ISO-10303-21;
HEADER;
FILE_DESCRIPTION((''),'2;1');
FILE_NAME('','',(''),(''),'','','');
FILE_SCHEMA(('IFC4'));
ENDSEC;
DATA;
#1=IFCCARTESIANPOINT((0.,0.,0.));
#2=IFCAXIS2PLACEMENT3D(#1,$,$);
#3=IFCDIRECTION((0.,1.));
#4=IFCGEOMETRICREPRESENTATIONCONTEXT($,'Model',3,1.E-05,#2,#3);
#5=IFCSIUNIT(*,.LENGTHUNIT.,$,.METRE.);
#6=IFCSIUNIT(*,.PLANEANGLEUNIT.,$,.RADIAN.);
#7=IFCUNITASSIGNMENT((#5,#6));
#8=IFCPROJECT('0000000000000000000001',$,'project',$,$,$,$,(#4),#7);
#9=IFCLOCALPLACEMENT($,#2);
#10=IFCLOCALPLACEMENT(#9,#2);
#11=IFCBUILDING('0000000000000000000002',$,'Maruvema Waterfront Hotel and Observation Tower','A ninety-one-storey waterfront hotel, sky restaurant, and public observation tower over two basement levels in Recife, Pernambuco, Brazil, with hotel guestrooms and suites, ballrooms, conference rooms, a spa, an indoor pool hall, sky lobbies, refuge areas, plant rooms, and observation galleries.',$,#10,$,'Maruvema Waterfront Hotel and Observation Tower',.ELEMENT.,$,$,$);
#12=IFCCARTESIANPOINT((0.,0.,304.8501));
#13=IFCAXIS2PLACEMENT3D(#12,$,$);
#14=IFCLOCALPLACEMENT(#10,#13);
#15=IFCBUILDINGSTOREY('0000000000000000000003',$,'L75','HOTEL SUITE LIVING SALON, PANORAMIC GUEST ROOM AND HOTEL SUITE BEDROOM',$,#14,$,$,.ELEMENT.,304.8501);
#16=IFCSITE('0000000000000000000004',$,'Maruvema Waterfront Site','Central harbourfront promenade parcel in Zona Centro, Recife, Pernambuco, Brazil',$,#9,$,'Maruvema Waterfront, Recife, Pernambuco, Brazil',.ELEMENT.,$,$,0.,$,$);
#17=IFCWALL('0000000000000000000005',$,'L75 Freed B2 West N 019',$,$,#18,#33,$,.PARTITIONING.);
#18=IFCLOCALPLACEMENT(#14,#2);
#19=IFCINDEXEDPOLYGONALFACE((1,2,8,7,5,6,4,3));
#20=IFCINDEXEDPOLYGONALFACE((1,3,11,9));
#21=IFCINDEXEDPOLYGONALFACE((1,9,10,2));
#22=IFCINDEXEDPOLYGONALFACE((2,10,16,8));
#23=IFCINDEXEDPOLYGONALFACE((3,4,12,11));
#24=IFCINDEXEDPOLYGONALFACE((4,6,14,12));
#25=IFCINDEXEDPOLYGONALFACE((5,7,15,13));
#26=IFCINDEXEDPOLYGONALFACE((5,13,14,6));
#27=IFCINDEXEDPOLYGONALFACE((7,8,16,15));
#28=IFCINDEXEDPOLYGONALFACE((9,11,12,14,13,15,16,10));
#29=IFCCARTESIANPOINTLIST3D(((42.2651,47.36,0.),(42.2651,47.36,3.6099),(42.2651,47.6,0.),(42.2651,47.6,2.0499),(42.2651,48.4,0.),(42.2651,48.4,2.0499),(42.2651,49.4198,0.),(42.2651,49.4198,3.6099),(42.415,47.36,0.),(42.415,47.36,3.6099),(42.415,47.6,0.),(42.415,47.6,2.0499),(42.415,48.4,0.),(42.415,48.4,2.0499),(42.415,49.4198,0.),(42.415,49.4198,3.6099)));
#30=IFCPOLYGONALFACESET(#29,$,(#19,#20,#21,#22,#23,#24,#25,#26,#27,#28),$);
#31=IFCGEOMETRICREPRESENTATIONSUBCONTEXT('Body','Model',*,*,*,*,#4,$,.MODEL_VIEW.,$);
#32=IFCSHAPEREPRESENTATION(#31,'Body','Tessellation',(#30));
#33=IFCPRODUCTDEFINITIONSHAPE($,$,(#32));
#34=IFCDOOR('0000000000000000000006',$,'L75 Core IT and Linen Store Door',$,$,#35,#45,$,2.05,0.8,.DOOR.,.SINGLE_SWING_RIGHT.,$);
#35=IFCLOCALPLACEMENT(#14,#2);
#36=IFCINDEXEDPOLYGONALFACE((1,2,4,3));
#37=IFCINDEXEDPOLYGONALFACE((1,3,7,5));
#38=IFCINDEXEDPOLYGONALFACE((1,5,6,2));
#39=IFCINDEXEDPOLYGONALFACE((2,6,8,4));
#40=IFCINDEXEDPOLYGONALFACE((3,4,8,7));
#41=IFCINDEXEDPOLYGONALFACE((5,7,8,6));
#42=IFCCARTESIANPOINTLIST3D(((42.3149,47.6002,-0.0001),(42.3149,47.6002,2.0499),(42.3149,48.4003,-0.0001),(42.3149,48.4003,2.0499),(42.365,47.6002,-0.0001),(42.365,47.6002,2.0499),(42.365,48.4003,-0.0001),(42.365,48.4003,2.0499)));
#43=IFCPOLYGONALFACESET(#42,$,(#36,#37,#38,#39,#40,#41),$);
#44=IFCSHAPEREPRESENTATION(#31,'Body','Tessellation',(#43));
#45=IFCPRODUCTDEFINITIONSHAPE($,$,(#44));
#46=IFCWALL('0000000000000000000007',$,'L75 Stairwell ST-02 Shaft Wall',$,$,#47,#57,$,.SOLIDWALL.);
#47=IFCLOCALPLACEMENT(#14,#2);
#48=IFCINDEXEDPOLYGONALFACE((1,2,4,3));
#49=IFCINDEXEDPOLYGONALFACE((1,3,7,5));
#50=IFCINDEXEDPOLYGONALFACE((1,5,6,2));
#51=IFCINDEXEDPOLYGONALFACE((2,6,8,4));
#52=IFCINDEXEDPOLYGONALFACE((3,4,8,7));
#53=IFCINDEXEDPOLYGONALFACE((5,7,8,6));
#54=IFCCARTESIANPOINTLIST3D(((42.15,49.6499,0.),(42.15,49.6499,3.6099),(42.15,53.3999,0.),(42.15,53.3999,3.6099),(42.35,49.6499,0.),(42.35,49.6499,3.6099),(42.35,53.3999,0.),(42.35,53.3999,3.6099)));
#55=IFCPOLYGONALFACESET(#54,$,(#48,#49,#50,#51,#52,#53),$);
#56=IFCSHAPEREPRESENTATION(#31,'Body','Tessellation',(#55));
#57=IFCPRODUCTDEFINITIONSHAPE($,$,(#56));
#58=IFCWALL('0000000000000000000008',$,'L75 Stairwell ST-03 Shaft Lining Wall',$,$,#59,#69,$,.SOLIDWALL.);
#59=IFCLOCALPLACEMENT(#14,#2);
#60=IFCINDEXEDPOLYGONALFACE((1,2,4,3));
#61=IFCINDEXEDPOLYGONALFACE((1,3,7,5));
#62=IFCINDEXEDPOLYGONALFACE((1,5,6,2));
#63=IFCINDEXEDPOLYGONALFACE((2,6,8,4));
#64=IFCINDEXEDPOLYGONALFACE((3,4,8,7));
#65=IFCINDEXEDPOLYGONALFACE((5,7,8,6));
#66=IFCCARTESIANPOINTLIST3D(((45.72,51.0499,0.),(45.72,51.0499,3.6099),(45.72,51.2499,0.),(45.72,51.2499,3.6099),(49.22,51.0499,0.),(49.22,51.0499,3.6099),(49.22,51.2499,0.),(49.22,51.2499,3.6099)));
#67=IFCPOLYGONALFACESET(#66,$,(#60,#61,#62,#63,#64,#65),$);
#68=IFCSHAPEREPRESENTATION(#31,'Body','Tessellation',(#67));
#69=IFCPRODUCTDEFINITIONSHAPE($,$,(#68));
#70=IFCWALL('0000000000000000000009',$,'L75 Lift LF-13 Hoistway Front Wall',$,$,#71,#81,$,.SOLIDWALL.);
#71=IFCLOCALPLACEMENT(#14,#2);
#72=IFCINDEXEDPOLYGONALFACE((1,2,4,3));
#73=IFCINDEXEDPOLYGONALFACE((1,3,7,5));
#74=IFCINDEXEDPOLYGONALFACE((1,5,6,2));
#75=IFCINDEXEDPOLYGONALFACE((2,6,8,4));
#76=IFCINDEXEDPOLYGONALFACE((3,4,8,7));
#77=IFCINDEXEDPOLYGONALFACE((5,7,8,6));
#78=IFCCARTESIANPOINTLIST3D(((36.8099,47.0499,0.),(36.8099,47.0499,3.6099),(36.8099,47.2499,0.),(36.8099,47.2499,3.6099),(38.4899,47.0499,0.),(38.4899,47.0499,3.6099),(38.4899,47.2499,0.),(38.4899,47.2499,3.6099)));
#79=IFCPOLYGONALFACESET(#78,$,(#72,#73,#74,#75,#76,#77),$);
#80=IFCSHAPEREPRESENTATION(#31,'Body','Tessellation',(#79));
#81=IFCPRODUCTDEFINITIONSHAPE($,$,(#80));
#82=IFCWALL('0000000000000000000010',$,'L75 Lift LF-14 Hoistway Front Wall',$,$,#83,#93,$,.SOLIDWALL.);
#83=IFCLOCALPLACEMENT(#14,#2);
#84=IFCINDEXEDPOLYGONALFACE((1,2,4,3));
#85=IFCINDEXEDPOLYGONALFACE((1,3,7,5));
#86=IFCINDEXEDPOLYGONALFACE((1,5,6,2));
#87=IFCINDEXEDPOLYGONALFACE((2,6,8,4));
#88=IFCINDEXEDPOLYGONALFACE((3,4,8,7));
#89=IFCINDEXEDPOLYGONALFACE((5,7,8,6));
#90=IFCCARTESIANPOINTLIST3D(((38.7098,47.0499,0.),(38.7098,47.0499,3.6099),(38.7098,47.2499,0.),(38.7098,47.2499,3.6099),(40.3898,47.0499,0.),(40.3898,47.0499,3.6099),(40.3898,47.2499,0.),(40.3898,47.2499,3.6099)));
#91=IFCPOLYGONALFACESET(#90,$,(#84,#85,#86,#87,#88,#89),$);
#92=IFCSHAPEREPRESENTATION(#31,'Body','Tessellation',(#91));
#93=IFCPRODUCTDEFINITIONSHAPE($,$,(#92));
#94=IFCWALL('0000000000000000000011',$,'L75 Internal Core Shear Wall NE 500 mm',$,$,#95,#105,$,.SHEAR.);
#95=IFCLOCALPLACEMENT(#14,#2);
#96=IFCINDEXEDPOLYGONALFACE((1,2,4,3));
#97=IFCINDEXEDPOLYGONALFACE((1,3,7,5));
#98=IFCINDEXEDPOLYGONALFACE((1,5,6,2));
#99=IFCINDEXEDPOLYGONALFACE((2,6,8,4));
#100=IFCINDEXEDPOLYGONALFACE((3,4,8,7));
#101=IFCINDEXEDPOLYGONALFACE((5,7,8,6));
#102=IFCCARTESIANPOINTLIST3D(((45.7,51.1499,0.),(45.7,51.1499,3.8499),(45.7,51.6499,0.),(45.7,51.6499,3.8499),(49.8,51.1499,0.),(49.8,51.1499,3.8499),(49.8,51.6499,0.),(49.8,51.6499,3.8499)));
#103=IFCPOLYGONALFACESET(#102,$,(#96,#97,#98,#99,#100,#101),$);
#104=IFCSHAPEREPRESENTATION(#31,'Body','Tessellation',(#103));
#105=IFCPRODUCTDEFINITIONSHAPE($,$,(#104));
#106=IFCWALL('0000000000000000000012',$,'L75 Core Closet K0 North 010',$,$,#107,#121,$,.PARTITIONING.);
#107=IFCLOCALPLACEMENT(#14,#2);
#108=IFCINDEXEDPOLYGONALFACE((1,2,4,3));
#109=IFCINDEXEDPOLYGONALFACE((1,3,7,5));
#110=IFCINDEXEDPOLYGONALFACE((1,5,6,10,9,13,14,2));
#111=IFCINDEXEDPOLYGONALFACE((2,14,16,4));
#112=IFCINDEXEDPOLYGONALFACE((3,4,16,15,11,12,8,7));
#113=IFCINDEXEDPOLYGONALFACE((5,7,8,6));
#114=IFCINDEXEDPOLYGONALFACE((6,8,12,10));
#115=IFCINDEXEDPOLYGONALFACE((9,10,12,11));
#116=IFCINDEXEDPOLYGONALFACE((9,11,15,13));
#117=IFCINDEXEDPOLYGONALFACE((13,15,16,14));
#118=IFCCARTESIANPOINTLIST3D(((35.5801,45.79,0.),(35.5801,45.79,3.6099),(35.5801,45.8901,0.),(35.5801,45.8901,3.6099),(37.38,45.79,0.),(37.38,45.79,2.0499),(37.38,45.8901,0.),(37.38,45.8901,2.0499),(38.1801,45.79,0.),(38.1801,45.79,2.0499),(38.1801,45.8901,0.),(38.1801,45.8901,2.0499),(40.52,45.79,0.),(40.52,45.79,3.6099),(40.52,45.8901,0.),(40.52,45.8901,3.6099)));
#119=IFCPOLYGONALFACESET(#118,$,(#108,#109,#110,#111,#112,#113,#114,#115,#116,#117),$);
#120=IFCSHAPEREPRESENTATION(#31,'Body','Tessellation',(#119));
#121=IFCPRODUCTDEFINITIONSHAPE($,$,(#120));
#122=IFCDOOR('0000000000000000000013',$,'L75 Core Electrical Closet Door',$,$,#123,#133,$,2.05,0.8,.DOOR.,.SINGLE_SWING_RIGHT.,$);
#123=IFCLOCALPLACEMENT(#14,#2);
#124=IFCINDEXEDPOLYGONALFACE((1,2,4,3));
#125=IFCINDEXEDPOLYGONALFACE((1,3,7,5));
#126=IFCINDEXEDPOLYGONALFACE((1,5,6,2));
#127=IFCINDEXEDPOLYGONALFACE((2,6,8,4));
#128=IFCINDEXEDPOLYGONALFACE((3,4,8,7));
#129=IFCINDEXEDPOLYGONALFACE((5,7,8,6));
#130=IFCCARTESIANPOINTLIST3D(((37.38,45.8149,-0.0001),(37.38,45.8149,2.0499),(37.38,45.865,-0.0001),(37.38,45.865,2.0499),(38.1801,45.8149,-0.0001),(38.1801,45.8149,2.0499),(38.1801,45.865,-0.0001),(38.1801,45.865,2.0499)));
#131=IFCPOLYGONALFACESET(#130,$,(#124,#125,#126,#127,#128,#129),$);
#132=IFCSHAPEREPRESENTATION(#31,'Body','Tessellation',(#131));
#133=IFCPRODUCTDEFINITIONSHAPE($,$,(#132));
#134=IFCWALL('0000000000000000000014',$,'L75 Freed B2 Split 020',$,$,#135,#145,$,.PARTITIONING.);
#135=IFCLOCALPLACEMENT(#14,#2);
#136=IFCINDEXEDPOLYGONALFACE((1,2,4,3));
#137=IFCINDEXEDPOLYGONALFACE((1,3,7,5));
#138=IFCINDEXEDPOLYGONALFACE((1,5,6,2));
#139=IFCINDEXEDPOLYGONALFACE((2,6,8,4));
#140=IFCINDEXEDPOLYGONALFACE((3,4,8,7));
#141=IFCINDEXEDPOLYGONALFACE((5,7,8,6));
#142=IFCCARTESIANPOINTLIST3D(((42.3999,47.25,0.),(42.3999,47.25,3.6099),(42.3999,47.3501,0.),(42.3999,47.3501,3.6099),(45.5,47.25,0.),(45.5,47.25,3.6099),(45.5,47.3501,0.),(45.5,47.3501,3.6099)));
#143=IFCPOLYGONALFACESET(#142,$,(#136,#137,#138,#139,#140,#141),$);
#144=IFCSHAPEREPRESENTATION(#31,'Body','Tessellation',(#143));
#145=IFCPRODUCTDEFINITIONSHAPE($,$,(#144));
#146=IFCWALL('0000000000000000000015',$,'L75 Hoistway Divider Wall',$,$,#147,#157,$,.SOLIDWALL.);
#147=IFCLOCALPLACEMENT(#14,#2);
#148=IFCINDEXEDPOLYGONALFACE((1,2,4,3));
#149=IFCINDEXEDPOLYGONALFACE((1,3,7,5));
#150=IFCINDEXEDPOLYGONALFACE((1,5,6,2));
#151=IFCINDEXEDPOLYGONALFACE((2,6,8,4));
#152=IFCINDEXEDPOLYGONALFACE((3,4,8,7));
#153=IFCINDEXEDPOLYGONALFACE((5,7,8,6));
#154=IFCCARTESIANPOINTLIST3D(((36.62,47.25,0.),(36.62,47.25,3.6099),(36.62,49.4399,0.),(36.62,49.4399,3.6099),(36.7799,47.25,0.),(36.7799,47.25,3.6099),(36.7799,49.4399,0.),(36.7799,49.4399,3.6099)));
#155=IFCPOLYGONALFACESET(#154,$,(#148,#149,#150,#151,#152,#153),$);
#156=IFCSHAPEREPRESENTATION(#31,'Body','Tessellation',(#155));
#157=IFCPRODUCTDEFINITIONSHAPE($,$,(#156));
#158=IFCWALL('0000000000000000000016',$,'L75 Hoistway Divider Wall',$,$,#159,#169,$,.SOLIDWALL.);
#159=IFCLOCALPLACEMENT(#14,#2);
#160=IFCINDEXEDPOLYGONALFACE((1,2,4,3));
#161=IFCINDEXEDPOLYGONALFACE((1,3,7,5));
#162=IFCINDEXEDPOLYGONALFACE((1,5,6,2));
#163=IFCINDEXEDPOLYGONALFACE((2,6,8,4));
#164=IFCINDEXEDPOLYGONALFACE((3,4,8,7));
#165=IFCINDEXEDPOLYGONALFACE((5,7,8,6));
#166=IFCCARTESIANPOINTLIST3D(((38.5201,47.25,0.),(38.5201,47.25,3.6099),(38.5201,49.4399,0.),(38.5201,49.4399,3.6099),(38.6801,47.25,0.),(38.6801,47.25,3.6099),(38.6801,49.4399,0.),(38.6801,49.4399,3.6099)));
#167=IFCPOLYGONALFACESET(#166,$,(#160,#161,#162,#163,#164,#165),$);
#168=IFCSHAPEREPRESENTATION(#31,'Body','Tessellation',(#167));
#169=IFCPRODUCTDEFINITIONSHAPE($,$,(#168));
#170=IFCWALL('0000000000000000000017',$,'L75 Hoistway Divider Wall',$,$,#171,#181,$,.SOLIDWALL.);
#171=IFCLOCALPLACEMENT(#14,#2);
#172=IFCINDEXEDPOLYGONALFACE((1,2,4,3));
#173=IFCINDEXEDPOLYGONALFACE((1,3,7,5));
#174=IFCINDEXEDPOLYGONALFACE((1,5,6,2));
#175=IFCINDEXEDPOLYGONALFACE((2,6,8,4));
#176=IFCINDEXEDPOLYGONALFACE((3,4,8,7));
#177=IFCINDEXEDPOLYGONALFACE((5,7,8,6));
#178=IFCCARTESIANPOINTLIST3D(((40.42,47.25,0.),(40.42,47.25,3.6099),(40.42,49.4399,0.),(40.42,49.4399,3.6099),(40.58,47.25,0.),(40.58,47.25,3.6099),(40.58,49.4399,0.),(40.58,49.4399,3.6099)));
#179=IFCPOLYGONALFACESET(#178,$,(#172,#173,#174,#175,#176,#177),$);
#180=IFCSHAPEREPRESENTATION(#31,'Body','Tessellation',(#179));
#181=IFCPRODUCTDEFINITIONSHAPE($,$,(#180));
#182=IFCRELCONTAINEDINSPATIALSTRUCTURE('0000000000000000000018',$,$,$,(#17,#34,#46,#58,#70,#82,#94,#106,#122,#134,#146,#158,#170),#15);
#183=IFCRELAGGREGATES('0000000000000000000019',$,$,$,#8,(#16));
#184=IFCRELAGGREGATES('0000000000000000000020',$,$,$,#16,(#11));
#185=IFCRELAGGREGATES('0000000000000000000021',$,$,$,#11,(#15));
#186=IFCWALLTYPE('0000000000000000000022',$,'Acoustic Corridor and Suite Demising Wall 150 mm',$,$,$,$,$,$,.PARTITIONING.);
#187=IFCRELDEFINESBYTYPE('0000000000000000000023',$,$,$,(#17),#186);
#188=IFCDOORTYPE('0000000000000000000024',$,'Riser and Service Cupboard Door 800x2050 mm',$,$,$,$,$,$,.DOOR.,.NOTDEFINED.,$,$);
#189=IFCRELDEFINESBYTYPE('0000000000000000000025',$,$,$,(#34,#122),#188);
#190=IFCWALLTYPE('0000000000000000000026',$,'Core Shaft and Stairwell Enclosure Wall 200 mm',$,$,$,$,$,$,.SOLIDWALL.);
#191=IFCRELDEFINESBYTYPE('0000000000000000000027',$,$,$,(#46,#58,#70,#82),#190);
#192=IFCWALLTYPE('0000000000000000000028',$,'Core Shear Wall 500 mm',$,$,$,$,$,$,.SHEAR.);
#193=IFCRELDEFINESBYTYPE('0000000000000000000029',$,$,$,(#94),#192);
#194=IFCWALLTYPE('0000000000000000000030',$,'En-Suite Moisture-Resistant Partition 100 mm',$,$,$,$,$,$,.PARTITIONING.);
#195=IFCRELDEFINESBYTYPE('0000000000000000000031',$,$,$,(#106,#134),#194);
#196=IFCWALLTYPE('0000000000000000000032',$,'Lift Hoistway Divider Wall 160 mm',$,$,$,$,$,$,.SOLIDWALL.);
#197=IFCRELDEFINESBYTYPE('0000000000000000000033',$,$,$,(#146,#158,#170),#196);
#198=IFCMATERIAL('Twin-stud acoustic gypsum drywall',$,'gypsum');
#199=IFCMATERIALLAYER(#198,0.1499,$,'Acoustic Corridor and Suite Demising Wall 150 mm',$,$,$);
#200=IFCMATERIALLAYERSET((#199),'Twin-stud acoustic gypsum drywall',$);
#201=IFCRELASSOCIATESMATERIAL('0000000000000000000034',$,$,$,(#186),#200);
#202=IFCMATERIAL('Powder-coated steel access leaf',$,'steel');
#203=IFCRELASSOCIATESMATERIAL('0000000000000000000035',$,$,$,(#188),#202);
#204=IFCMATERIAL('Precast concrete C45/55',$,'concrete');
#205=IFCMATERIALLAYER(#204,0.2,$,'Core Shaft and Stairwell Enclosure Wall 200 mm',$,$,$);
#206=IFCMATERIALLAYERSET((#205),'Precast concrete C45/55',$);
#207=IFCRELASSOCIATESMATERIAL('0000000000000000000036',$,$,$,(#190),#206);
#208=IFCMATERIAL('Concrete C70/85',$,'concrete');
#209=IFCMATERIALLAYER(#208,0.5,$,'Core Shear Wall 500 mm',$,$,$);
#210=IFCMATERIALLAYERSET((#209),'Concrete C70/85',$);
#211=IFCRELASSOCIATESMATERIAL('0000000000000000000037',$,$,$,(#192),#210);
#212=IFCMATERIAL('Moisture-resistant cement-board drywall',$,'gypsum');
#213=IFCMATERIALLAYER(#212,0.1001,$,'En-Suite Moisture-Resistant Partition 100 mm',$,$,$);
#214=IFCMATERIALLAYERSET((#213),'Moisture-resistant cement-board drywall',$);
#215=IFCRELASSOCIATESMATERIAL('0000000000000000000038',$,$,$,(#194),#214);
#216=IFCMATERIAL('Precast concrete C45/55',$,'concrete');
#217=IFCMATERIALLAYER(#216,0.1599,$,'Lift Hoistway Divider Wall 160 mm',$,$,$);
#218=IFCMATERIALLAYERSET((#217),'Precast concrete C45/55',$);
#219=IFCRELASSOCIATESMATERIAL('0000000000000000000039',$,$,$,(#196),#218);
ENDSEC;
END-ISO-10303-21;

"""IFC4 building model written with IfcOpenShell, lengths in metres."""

from ifc_helpers import new_model, si_unit, direction, frame, frame_2d, origin, place, context, subcontext, project, spatial, rectangle, extrude, material, layer, layer_set, type_object, element, fill, save


model = new_model("IFC4")

# Units and contexts
model_context = context("Model", 3, precision=1e-05, world=origin(), true_north=direction((0.0, 1.0)))
body_context = subcontext(model_context, "Body", "Model", "MODEL_VIEW")
ifc_project = project(units=[si_unit("LENGTHUNIT", "METRE"), si_unit("PLANEANGLEUNIT", "RADIAN")], contexts=[model_context])

# Site, building, storey
site_placement = place(None, origin())
site = spatial("IfcSite", under=ifc_project, at=site_placement, Name="Maruvema Waterfront Site", Description="Central harbourfront promenade parcel in Zona Centro, Recife, Pernambuco, Brazil", LongName="Maruvema Waterfront, Recife, Pernambuco, Brazil", CompositionType="ELEMENT", RefElevation=0.0)
building_placement = place(site_placement, origin())
building = spatial("IfcBuilding", under=site, at=building_placement, Name="Maruvema Waterfront Hotel and Observation Tower", Description="A ninety-one-storey waterfront hotel, sky restaurant, and public observation tower over two basement levels in Recife, Pernambuco, Brazil, with hotel guestrooms and suites, ballrooms, conference rooms, a spa, an indoor pool hall, sky lobbies, refuge areas, plant rooms, and observation galleries.", LongName="Maruvema Waterfront Hotel and Observation Tower", CompositionType="ELEMENT")
storey_placement = place(building_placement, frame((0.0, 0.0, 304.8501)))
storey = spatial("IfcBuildingStorey", under=building, at=storey_placement, Name="L75", Description="HOTEL SUITE LIVING SALON, PANORAMIC GUEST ROOM AND HOTEL SUITE BEDROOM", CompositionType="ELEMENT", Elevation=304.8501)

# Wall, opening, door
ifc_material_1 = material(Name="Twin-stud acoustic gypsum drywall", Category="gypsum")
ifc_layer_1 = layer(ifc_material_1, 0.1499, Name="Acoustic Corridor and Suite Demising Wall 150 mm")
ifc_layer_set_1 = layer_set([ifc_layer_1], Name="Twin-stud acoustic gypsum drywall")
wall_type_1 = type_object("IfcWallType", Name="Acoustic Corridor and Suite Demising Wall 150 mm", PredefinedType="PARTITIONING", material=ifc_layer_set_1)
wall_1_placement = place(storey_placement, frame((42.3401, 47.3601, 0.0), z_axis=(0.0, 0.0, 1.0), x_axis=(0.0, 1.0, 0.0)))
wall_1 = element("IfcWall", 1, at=wall_1_placement, inside=storey, type_object=wall_type_1, Name="L75 Freed B2 West N 019", PredefinedType="PARTITIONING", context=body_context, shape_type="SweptSolid", body=[
    extrude(rectangle(XDim=2.0598, YDim=0.1499, at=frame_2d((1.0298, 0.0))), origin(), (0.0, 0.0, 1.0), 3.6099),
])
opening_1_placement = place(wall_1_placement, frame((0.24, 0.0, 0.0)))
opening_1 = element("IfcOpeningElement", 2, at=opening_1_placement, cuts=wall_1, PredefinedType="OPENING", context=body_context, shape_type="SweptSolid", body=[
    extrude(rectangle(XDim=0.8, YDim=2.05, at=frame_2d((0.3999, 1.0249))), frame((0.0, 0.085, 0.0), z_axis=(0.0, -1.0, 0.0), x_axis=(1.0, 0.0, 0.0)), (0.0, 0.0, 1.0), 0.1699),
])
ifc_material_2 = material(Name="Powder-coated steel access leaf", Category="steel")
door_type = type_object("IfcDoorType", Name="Riser and Service Cupboard Door 800x2050 mm", OperationType="NOTDEFINED", PredefinedType="DOOR", material=ifc_material_2)
door_1_placement = place(opening_1_placement, frame((0.8, 0.0, 0.0), z_axis=(0.0, 0.0, 1.0), x_axis=(-1.0, 0.0, 0.0)))
door_1 = element("IfcDoor", 3, at=door_1_placement, inside=storey, type_object=door_type, Name="L75 Core IT and Linen Store Door", OperationType="SINGLE_SWING_RIGHT", OverallHeight=2.05, OverallWidth=0.8, PredefinedType="DOOR", context=body_context, shape_type="SweptSolid", body=[
    extrude(rectangle(XDim=0.8, YDim=2.05, at=frame_2d((0.3999, 1.0249))), frame((0.0, 0.0249, 0.0), z_axis=(0.0, -1.0, 0.0), x_axis=(1.0, 0.0, 0.0)), (0.0, 0.0, 1.0), 0.05),
])
fill(opening_1, door_1)

# Walls
ifc_material_3 = material(Name="Precast concrete C45/55", Category="concrete")
ifc_layer_2 = layer(ifc_material_3, 0.2, Name="Core Shaft and Stairwell Enclosure Wall 200 mm")
ifc_layer_set_2 = layer_set([ifc_layer_2], Name="Precast concrete C45/55")
wall_type_2 = type_object("IfcWallType", Name="Core Shaft and Stairwell Enclosure Wall 200 mm", PredefinedType="SOLIDWALL", material=ifc_layer_set_2)
wall_2_placement = place(storey_placement, frame((42.25, 49.6499, 0.0), z_axis=(0.0, 0.0, 1.0), x_axis=(0.0, 1.0, 0.0)))
element("IfcWall", 4, at=wall_2_placement, inside=storey, type_object=wall_type_2, Name="L75 Stairwell ST-02 Shaft Wall", PredefinedType="SOLIDWALL", context=body_context, shape_type="SweptSolid", body=[
    extrude(rectangle(XDim=3.75, YDim=0.2, at=frame_2d((1.875, 0.0))), origin(), (0.0, 0.0, 1.0), 3.6099),
])
wall_3_placement = place(storey_placement, frame((45.72, 51.1499, 0.0), z_axis=(0.0, 0.0, 1.0), x_axis=(1.0, 0.0, 0.0)))
element("IfcWall", 5, at=wall_3_placement, inside=storey, type_object=wall_type_2, Name="L75 Stairwell ST-03 Shaft Lining Wall", PredefinedType="SOLIDWALL", context=body_context, shape_type="SweptSolid", body=[
    extrude(rectangle(XDim=3.5, YDim=0.2, at=frame_2d((1.75, 0.0))), origin(), (0.0, 0.0, 1.0), 3.6099),
])
for number, where, z_axis, x_axis, name in (
    (6, (36.8101, 47.1499, 0.0), (0.0, 0.0, 1.0), (1.0, 0.0, 0.0), "L75 Lift LF-13 Hoistway Front Wall"),
    (7, (38.71, 47.1499, 0.0), (0.0, 0.0, 1.0), (1.0, 0.0, 0.0), "L75 Lift LF-14 Hoistway Front Wall"),
):
    element("IfcWall", number, at=place(storey_placement, frame(where, z_axis=z_axis, x_axis=x_axis)), inside=storey, type_object=wall_type_2, Name=name, PredefinedType="SOLIDWALL", context=body_context, shape_type="SweptSolid", body=[
        extrude(rectangle(XDim=1.6799, YDim=0.2, at=frame_2d((0.8398, 0.0))), origin(), (0.0, 0.0, 1.0), 3.6099),
    ])
ifc_material_4 = material(Name="Concrete C70/85", Category="concrete")
ifc_layer_3 = layer(ifc_material_4, 0.5, Name="Core Shear Wall 500 mm")
ifc_layer_set_3 = layer_set([ifc_layer_3], Name="Concrete C70/85")
wall_type_3 = type_object("IfcWallType", Name="Core Shear Wall 500 mm", PredefinedType="SHEAR", material=ifc_layer_set_3)
wall_4_placement = place(storey_placement, frame((45.7, 51.3999, 0.0), z_axis=(0.0, 0.0, 1.0), x_axis=(1.0, 0.0, 0.0)))
element("IfcWall", 8, at=wall_4_placement, inside=storey, type_object=wall_type_3, Name="L75 Internal Core Shear Wall NE 500 mm", PredefinedType="SHEAR", context=body_context, shape_type="SweptSolid", body=[
    extrude(rectangle(XDim=4.1001, YDim=0.5, at=frame_2d((2.05, 0.0))), origin(), (0.0, 0.0, 1.0), 3.8499),
])

# Wall, opening, door
ifc_material_5 = material(Name="Moisture-resistant cement-board drywall", Category="gypsum")
ifc_layer_4 = layer(ifc_material_5, 0.1001, Name="En-Suite Moisture-Resistant Partition 100 mm")
ifc_layer_set_4 = layer_set([ifc_layer_4], Name="Moisture-resistant cement-board drywall")
wall_type_4 = type_object("IfcWallType", Name="En-Suite Moisture-Resistant Partition 100 mm", PredefinedType="PARTITIONING", material=ifc_layer_set_4)
wall_5_placement = place(storey_placement, frame((35.5801, 45.8401, 0.0), z_axis=(0.0, 0.0, 1.0), x_axis=(1.0, 0.0, 0.0)))
wall_5 = element("IfcWall", 9, at=wall_5_placement, inside=storey, type_object=wall_type_4, Name="L75 Core Closet K0 North 010", PredefinedType="PARTITIONING", context=body_context, shape_type="SweptSolid", body=[
    extrude(rectangle(XDim=4.9399, YDim=0.1001, at=frame_2d((2.47, 0.0))), origin(), (0.0, 0.0, 1.0), 3.6099),
])
opening_2_placement = place(wall_5_placement, frame((1.8, 0.0, 0.0)))
opening_2 = element("IfcOpeningElement", 10, at=opening_2_placement, cuts=wall_5, PredefinedType="OPENING", context=body_context, shape_type="SweptSolid", body=[
    extrude(rectangle(XDim=0.8, YDim=2.05, at=frame_2d((0.3999, 1.0249))), frame((0.0, 0.0601, 0.0), z_axis=(0.0, -1.0, 0.0), x_axis=(1.0, 0.0, 0.0)), (0.0, 0.0, 1.0), 0.1201),
])
door_2_placement = place(opening_2_placement, origin())
door_2 = element("IfcDoor", 11, at=door_2_placement, inside=storey, type_object=door_type, Name="L75 Core Electrical Closet Door", OperationType="SINGLE_SWING_RIGHT", OverallHeight=2.05, OverallWidth=0.8, PredefinedType="DOOR", context=body_context, shape_type="SweptSolid", body=[
    extrude(rectangle(XDim=0.8, YDim=2.05, at=frame_2d((0.3999, 1.0249))), frame((0.0, 0.0249, 0.0), z_axis=(0.0, -1.0, 0.0), x_axis=(1.0, 0.0, 0.0)), (0.0, 0.0, 1.0), 0.05),
])
fill(opening_2, door_2)

# Walls
wall_6_placement = place(storey_placement, frame((42.3999, 47.3, 0.0), z_axis=(0.0, 0.0, 1.0), x_axis=(1.0, 0.0, 0.0)))
element("IfcWall", 12, at=wall_6_placement, inside=storey, type_object=wall_type_4, Name="L75 Freed B2 Split 020", PredefinedType="PARTITIONING", context=body_context, shape_type="SweptSolid", body=[
    extrude(rectangle(XDim=3.1001, YDim=0.1001, at=frame_2d((1.55, 0.0))), origin(), (0.0, 0.0, 1.0), 3.6099),
])
ifc_material_6 = material(Name="Precast concrete C45/55", Category="concrete")
ifc_layer_5 = layer(ifc_material_6, 0.1599, Name="Lift Hoistway Divider Wall 160 mm")
ifc_layer_set_5 = layer_set([ifc_layer_5], Name="Precast concrete C45/55")
wall_type_5 = type_object("IfcWallType", Name="Lift Hoistway Divider Wall 160 mm", PredefinedType="SOLIDWALL", material=ifc_layer_set_5)
for number, where, z_axis, x_axis, name in (
    (13, (36.7, 47.25, 0.0), (0.0, 0.0, 1.0), (0.0, 1.0, 0.0), "L75 Hoistway Divider Wall"),
    (14, (38.6001, 47.25, 0.0), (0.0, 0.0, 1.0), (0.0, 1.0, 0.0), "L75 Hoistway Divider Wall"),
    (15, (40.5, 47.25, 0.0), (0.0, 0.0, 1.0), (0.0, 1.0, 0.0), "L75 Hoistway Divider Wall"),
):
    element("IfcWall", number, at=place(storey_placement, frame(where, z_axis=z_axis, x_axis=x_axis)), inside=storey, type_object=wall_type_5, Name=name, PredefinedType="SOLIDWALL", context=body_context, shape_type="SweptSolid", body=[
        extrude(rectangle(XDim=2.1899, YDim=0.1599, at=frame_2d((1.095, 0.0))), origin(), (0.0, 0.0, 1.0), 3.6099),
    ])

save(model, "model.ifc")
